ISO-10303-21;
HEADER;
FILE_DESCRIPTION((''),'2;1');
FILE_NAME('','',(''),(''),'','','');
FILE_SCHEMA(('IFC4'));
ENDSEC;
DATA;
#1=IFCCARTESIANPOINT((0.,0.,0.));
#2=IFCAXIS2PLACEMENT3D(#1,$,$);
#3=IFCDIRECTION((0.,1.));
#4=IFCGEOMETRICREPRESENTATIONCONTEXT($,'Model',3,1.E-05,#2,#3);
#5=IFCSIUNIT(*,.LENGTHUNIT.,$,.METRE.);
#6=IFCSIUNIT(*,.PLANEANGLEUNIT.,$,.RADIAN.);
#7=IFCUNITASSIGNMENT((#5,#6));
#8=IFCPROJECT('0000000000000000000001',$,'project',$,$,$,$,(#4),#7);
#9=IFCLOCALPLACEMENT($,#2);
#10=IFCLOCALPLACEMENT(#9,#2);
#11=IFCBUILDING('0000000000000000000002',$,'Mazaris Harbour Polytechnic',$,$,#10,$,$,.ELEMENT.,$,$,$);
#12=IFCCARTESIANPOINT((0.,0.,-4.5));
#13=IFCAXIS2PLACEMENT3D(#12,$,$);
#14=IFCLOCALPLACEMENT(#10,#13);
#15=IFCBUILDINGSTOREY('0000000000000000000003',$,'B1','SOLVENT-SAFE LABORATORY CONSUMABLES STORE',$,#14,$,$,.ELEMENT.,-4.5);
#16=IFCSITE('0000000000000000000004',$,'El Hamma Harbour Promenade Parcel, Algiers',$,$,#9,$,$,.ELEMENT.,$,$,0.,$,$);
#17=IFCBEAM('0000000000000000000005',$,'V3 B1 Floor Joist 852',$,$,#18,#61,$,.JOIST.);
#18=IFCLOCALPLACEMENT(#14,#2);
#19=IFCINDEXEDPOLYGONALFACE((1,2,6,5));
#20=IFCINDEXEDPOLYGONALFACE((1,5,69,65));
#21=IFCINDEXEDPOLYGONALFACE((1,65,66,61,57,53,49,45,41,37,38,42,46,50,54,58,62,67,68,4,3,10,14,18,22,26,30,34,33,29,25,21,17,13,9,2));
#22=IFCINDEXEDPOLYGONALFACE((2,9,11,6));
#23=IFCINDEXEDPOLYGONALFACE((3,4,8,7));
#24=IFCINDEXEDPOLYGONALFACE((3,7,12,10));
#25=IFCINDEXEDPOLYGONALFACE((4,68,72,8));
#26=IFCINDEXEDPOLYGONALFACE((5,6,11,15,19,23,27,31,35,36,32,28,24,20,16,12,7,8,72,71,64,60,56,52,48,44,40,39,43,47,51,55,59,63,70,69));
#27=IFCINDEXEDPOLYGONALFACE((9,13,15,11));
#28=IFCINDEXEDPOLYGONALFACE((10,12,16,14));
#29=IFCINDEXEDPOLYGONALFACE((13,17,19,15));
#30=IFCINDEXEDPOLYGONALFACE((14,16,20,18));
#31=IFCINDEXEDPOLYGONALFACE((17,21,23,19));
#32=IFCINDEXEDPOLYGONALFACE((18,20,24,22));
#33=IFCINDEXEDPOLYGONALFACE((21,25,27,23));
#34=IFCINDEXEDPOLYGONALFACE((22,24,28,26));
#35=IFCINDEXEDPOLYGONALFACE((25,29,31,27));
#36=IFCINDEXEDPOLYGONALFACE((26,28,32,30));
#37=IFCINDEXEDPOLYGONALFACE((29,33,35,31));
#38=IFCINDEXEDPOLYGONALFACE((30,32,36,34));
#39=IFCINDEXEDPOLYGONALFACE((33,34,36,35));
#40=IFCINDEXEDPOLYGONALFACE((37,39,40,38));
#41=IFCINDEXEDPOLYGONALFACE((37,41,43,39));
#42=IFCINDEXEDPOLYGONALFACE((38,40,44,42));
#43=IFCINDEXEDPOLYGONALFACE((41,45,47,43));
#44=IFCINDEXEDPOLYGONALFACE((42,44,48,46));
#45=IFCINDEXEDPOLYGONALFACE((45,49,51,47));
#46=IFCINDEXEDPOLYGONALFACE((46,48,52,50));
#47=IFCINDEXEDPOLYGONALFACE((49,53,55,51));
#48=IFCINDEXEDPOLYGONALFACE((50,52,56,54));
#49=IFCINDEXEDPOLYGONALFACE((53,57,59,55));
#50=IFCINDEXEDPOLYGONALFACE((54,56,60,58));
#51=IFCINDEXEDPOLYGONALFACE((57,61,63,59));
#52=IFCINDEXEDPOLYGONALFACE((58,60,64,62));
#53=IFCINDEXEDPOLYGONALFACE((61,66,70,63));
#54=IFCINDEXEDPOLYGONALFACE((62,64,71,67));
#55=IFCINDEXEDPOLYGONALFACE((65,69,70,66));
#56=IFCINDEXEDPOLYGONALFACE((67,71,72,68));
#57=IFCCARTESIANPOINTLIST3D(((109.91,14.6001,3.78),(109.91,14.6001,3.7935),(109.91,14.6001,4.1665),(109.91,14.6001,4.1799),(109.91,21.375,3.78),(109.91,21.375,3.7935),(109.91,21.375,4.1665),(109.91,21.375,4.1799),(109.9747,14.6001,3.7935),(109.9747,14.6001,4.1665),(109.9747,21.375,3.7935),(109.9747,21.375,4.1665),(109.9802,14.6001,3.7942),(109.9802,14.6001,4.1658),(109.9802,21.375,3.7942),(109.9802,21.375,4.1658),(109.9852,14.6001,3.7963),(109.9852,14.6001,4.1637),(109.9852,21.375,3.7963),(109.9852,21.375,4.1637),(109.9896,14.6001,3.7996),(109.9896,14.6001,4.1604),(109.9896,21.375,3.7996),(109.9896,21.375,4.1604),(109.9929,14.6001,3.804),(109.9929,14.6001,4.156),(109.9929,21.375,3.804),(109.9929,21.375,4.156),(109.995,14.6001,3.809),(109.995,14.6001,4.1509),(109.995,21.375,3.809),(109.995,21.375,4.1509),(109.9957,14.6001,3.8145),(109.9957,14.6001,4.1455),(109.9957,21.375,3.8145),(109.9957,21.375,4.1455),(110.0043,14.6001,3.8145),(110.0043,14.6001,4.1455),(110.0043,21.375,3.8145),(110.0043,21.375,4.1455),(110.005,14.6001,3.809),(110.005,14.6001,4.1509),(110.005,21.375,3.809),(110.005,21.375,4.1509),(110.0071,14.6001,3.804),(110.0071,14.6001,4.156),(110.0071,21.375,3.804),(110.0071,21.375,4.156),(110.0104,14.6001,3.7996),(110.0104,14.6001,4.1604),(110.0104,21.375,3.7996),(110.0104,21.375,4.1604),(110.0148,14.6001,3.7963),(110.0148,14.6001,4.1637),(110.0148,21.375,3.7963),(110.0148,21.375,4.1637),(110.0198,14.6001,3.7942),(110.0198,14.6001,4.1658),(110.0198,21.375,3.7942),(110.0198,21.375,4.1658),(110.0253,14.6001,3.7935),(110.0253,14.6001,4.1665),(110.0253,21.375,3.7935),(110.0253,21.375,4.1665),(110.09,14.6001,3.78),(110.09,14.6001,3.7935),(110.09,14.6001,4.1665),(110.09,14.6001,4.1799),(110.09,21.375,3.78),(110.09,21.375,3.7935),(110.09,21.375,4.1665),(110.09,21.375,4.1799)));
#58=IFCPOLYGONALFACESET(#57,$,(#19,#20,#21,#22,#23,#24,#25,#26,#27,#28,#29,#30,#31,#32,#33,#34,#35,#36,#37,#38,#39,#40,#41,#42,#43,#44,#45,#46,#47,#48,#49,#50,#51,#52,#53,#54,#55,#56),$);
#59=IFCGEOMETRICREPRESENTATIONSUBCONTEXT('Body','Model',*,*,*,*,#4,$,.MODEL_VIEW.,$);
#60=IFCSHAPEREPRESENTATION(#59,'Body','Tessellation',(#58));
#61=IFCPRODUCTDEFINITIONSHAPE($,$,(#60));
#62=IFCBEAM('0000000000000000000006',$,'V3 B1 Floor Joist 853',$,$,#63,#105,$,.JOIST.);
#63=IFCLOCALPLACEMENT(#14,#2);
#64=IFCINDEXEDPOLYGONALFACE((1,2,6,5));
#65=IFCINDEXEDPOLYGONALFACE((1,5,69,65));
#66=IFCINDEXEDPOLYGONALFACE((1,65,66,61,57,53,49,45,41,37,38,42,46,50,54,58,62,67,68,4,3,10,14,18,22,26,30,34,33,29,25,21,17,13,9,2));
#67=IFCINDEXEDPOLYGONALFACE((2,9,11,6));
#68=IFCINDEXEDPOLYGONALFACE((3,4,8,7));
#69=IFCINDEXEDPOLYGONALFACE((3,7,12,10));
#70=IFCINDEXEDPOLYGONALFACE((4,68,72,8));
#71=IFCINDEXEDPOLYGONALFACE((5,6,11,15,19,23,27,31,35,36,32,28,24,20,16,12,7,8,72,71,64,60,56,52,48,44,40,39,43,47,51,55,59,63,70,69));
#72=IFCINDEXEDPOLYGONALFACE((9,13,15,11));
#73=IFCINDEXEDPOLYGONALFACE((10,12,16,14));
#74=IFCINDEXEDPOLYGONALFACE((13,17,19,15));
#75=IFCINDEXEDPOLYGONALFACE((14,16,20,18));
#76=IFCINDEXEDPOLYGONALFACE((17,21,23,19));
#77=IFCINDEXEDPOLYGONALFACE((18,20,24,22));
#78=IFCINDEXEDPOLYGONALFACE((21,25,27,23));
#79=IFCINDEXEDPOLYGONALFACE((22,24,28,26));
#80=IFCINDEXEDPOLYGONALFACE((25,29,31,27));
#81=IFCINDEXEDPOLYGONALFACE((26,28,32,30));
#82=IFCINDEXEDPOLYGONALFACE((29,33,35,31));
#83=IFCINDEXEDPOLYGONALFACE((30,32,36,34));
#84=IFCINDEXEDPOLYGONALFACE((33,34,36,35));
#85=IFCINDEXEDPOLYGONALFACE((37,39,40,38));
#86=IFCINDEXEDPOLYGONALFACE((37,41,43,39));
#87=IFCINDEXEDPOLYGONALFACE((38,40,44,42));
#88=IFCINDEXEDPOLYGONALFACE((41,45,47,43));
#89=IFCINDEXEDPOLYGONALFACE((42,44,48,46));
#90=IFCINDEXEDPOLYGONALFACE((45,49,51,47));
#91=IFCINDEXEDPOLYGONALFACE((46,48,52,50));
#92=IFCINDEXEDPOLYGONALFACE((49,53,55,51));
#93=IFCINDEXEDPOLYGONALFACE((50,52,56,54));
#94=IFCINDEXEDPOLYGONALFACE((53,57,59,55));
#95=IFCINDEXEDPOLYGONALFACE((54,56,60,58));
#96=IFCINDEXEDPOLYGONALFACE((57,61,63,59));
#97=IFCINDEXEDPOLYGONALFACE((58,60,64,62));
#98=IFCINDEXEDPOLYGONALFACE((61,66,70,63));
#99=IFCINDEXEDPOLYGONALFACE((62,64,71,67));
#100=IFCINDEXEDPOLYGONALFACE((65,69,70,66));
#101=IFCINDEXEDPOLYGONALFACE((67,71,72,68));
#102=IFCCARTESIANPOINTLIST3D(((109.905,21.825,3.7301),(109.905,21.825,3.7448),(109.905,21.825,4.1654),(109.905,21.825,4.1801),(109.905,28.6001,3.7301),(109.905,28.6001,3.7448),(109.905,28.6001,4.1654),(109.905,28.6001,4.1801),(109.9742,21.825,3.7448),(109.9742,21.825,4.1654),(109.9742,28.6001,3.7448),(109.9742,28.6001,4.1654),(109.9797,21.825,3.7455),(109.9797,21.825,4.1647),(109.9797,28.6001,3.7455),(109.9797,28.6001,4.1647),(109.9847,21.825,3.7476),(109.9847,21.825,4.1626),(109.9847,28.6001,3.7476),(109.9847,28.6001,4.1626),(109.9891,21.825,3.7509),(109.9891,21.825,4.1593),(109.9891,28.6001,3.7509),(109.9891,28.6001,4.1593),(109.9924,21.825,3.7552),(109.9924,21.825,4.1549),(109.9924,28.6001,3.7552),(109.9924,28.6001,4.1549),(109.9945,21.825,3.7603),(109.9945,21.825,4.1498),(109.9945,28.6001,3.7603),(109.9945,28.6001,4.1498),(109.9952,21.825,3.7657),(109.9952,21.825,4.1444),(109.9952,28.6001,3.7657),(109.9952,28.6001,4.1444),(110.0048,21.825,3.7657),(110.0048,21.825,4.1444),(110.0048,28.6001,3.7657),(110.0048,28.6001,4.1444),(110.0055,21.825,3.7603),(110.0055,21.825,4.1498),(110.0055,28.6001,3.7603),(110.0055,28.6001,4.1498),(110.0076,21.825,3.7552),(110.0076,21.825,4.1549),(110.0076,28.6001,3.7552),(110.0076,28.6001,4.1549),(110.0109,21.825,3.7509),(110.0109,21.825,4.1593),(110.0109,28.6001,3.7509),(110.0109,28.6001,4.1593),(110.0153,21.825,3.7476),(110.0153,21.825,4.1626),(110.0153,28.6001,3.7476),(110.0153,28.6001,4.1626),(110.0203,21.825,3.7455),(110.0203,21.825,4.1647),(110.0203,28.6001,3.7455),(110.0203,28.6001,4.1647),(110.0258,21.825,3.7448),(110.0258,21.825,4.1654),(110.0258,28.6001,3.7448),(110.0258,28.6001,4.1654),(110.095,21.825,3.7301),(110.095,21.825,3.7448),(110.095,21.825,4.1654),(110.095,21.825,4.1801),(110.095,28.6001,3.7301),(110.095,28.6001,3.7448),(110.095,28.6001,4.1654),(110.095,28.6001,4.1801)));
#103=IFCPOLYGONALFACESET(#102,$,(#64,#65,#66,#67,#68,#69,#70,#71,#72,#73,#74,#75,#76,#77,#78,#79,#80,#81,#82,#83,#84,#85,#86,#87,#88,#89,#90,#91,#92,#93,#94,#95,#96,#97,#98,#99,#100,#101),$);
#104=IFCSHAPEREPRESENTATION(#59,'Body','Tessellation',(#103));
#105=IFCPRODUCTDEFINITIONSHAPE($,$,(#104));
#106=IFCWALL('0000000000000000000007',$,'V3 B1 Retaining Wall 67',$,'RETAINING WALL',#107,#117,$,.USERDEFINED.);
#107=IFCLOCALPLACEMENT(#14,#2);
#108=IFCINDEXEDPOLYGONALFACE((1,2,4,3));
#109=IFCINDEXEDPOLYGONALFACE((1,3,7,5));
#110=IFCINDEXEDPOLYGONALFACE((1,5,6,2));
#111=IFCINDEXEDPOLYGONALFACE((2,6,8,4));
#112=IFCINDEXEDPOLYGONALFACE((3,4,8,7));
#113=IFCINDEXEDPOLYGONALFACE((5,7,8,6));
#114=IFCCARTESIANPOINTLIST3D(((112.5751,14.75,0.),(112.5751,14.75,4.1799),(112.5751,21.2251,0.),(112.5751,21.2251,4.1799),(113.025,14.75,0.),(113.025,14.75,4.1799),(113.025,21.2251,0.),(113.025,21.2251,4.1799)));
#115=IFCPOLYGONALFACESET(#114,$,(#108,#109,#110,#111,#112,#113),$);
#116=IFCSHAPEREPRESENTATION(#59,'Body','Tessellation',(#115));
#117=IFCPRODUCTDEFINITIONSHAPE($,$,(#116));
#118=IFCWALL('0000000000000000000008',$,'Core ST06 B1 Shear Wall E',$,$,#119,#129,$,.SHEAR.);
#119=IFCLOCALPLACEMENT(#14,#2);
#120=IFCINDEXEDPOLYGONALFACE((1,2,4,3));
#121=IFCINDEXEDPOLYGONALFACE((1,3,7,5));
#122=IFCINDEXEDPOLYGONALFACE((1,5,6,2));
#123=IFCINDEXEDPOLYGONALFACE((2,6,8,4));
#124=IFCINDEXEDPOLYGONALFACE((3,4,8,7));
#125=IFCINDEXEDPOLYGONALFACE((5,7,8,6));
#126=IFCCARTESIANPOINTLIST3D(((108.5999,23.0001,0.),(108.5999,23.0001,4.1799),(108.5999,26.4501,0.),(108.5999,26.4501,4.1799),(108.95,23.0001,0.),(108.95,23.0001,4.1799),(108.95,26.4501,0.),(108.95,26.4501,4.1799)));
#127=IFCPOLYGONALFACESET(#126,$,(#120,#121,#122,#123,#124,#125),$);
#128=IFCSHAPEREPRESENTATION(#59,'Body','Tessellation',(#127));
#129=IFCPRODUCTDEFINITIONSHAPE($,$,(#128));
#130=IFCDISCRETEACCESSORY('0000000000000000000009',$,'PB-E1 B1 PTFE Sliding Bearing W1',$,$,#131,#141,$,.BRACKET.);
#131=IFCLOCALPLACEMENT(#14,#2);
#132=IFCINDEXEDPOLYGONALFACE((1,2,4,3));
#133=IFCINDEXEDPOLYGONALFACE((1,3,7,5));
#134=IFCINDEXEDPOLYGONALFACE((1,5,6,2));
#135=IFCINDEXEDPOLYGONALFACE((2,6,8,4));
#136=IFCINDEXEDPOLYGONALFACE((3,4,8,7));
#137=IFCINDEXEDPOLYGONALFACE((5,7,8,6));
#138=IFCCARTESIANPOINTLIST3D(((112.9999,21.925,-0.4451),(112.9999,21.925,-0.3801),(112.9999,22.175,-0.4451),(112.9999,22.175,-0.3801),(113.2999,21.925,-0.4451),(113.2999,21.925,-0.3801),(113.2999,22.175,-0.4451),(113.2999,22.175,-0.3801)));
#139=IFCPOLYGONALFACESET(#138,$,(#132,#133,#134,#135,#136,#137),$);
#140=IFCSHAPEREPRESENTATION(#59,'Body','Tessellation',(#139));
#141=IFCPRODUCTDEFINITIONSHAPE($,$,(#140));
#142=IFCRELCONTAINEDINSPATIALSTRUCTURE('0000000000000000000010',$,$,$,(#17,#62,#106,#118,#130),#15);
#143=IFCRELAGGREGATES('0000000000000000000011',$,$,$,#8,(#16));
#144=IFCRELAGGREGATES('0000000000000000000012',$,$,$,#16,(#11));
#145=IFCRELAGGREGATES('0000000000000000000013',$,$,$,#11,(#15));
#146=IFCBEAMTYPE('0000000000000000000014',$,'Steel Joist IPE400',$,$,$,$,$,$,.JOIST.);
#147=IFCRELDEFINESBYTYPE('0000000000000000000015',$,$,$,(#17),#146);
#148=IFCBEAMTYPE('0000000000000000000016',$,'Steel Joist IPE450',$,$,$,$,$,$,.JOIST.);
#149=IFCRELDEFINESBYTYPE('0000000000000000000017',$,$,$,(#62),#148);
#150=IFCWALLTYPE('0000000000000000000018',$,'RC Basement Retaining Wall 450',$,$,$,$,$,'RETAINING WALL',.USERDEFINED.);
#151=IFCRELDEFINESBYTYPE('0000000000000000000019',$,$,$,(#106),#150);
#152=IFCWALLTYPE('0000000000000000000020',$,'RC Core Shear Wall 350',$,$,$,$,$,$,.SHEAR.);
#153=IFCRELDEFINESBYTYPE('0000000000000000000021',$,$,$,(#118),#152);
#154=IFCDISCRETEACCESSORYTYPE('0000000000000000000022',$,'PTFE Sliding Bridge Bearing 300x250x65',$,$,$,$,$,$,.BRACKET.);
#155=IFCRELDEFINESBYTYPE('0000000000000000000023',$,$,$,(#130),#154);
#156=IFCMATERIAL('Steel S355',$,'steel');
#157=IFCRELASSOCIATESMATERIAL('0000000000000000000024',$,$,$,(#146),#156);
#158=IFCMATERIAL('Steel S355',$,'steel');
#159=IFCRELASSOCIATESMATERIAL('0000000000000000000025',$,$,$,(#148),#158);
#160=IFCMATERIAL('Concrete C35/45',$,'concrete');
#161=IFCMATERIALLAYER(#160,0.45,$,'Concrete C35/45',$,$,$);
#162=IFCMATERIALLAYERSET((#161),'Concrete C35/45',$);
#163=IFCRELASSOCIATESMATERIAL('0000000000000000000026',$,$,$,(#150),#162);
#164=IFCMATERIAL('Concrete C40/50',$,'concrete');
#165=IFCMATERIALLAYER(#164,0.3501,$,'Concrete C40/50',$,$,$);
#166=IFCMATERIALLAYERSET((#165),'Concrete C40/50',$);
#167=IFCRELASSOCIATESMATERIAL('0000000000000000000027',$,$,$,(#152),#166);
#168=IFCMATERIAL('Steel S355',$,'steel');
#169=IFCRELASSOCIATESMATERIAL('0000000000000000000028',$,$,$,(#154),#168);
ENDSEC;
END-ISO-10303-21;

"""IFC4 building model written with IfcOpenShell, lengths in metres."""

from ifc_helpers import new_model, si_unit, direction, frame, frame_2d, origin, origin_2d, place, context, subcontext, project, spatial, rectangle, i_section, extrude, material, layer, layer_set, material_profile, profile_set, type_object, element, save


model = new_model("IFC4")

# Units and contexts
model_context = context("Model", 3, precision=1e-05, world=origin(), true_north=direction((0.0, 1.0)))
body_context = subcontext(model_context, "Body", "Model", "MODEL_VIEW")
ifc_project = project(units=[si_unit("LENGTHUNIT", "METRE"), si_unit("PLANEANGLEUNIT", "RADIAN")], contexts=[model_context])

# Site, building, storey
site_placement = place(None, origin())
site = spatial("IfcSite", under=ifc_project, at=site_placement, Name="El Hamma Harbour Promenade Parcel, Algiers", CompositionType="ELEMENT", RefElevation=0.0)
building_placement = place(site_placement, origin())
building = spatial("IfcBuilding", under=site, at=building_placement, Name="Mazaris Harbour Polytechnic", CompositionType="ELEMENT")
storey_placement = place(building_placement, frame((0.0, 0.0, -4.5)))
storey = spatial("IfcBuildingStorey", under=building, at=storey_placement, Name="B1", Description="SOLVENT-SAFE LABORATORY CONSUMABLES STORE", CompositionType="ELEMENT", Elevation=-4.5)

# Beams
ifc_material_1 = material(Name="Steel S355", Category="steel")
ifc_material_profile_1 = material_profile(ifc_material_1, i_section(OverallWidth=0.1799, OverallDepth=0.3999, WebThickness=0.0085, FlangeThickness=0.0134, FilletRadius=0.021, at=origin_2d()), Name="IPE 400")
ifc_profile_set_1 = profile_set([ifc_material_profile_1], Name="Steel S355")
beam_type_1 = type_object("IfcBeamType", Name="Steel Joist IPE400", PredefinedType="JOIST", material=ifc_profile_set_1)
beam_1_placement = place(storey_placement, frame((110.0, 14.6001, 3.98), z_axis=(0.0, 1.0, 0.0), x_axis=(-1.0, 0.0, 0.0)))
element("IfcBeam", 1, at=beam_1_placement, inside=storey, type_object=beam_type_1, Name="V3 B1 Floor Joist 852", PredefinedType="JOIST", context=body_context, shape_type="SweptSolid", body=[
    extrude(i_section(OverallWidth=0.1799, OverallDepth=0.3999, WebThickness=0.0085, FlangeThickness=0.0134, FilletRadius=0.021, at=origin_2d()), origin(), (0.0, 0.0, 1.0), 6.7749),
])
ifc_material_2 = material(Name="Steel S355", Category="steel")
ifc_material_profile_2 = material_profile(ifc_material_2, i_section(OverallWidth=0.1899, OverallDepth=0.45, WebThickness=0.0095, FlangeThickness=0.0146, FilletRadius=0.021, at=origin_2d()), Name="IPE 450")
ifc_profile_set_2 = profile_set([ifc_material_profile_2], Name="Steel S355")
beam_type_2 = type_object("IfcBeamType", Name="Steel Joist IPE450", PredefinedType="JOIST", material=ifc_profile_set_2)
beam_2_placement = place(storey_placement, frame((110.0, 21.825, 3.9551), z_axis=(0.0, 1.0, 0.0), x_axis=(-1.0, 0.0, 0.0)))
element("IfcBeam", 2, at=beam_2_placement, inside=storey, type_object=beam_type_2, Name="V3 B1 Floor Joist 853", PredefinedType="JOIST", context=body_context, shape_type="SweptSolid", body=[
    extrude(i_section(OverallWidth=0.1899, OverallDepth=0.45, WebThickness=0.0095, FlangeThickness=0.0146, FilletRadius=0.021, at=origin_2d()), origin(), (0.0, 0.0, 1.0), 6.7751),
])

# Walls
ifc_material_3 = material(Name="Concrete C35/45", Category="concrete")
ifc_layer_1 = layer(ifc_material_3, 0.45, Name="Concrete C35/45")
ifc_layer_set_1 = layer_set([ifc_layer_1], Name="Concrete C35/45")
wall_type_1 = type_object("IfcWallType", Name="RC Basement Retaining Wall 450", ElementType="RETAINING WALL", PredefinedType="USERDEFINED", material=ifc_layer_set_1)
wall_1_placement = place(storey_placement, frame((112.8, 14.75, 0.0), z_axis=(0.0, 0.0, 1.0), x_axis=(0.0, 1.0, 0.0)))
element("IfcWall", 3, at=wall_1_placement, inside=storey, type_object=wall_type_1, Name="V3 B1 Retaining Wall 67", ObjectType="RETAINING WALL", PredefinedType="USERDEFINED", context=body_context, shape_type="SweptSolid", body=[
    extrude(rectangle(XDim=6.4751, YDim=0.45, at=frame_2d((3.2375, 0.0))), origin(), (0.0, 0.0, 1.0), 4.1799),
])
ifc_material_4 = material(Name="Concrete C40/50", Category="concrete")
ifc_layer_2 = layer(ifc_material_4, 0.3501, Name="Concrete C40/50")
ifc_layer_set_2 = layer_set([ifc_layer_2], Name="Concrete C40/50")
wall_type_2 = type_object("IfcWallType", Name="RC Core Shear Wall 350", PredefinedType="SHEAR", material=ifc_layer_set_2)
wall_2_placement = place(storey_placement, frame((108.7749, 23.0, 0.0), z_axis=(0.0, 0.0, 1.0), x_axis=(0.0, 1.0, 0.0)))
element("IfcWall", 4, at=wall_2_placement, inside=storey, type_object=wall_type_2, Name="Core ST06 B1 Shear Wall E", PredefinedType="SHEAR", context=body_context, shape_type="SweptSolid", body=[
    extrude(rectangle(XDim=3.45, YDim=0.3501, at=frame_2d((1.7251, 0.0))), origin(), (0.0, 0.0, 1.0), 4.1799),
])

# Discrete accessory
ifc_material_5 = material(Name="Steel S355", Category="steel")
discrete_accessory_type = type_object("IfcDiscreteAccessoryType", Name="PTFE Sliding Bridge Bearing 300x250x65", PredefinedType="BRACKET", material=ifc_material_5)
discrete_accessory_placement = place(storey_placement, frame((113.1499, 22.05, -0.4451), z_axis=(0.0, 0.0, 1.0), x_axis=(1.0, 0.0, 0.0)))
element("IfcDiscreteAccessory", 5, at=discrete_accessory_placement, inside=storey, type_object=discrete_accessory_type, Name="PB-E1 B1 PTFE Sliding Bearing W1", PredefinedType="BRACKET", context=body_context, shape_type="SweptSolid", body=[
    extrude(rectangle(XDim=0.3, YDim=0.25, at=origin_2d()), origin(), (0.0, 0.0, 1.0), 0.0649),
])

save(model, "model.ifc")
